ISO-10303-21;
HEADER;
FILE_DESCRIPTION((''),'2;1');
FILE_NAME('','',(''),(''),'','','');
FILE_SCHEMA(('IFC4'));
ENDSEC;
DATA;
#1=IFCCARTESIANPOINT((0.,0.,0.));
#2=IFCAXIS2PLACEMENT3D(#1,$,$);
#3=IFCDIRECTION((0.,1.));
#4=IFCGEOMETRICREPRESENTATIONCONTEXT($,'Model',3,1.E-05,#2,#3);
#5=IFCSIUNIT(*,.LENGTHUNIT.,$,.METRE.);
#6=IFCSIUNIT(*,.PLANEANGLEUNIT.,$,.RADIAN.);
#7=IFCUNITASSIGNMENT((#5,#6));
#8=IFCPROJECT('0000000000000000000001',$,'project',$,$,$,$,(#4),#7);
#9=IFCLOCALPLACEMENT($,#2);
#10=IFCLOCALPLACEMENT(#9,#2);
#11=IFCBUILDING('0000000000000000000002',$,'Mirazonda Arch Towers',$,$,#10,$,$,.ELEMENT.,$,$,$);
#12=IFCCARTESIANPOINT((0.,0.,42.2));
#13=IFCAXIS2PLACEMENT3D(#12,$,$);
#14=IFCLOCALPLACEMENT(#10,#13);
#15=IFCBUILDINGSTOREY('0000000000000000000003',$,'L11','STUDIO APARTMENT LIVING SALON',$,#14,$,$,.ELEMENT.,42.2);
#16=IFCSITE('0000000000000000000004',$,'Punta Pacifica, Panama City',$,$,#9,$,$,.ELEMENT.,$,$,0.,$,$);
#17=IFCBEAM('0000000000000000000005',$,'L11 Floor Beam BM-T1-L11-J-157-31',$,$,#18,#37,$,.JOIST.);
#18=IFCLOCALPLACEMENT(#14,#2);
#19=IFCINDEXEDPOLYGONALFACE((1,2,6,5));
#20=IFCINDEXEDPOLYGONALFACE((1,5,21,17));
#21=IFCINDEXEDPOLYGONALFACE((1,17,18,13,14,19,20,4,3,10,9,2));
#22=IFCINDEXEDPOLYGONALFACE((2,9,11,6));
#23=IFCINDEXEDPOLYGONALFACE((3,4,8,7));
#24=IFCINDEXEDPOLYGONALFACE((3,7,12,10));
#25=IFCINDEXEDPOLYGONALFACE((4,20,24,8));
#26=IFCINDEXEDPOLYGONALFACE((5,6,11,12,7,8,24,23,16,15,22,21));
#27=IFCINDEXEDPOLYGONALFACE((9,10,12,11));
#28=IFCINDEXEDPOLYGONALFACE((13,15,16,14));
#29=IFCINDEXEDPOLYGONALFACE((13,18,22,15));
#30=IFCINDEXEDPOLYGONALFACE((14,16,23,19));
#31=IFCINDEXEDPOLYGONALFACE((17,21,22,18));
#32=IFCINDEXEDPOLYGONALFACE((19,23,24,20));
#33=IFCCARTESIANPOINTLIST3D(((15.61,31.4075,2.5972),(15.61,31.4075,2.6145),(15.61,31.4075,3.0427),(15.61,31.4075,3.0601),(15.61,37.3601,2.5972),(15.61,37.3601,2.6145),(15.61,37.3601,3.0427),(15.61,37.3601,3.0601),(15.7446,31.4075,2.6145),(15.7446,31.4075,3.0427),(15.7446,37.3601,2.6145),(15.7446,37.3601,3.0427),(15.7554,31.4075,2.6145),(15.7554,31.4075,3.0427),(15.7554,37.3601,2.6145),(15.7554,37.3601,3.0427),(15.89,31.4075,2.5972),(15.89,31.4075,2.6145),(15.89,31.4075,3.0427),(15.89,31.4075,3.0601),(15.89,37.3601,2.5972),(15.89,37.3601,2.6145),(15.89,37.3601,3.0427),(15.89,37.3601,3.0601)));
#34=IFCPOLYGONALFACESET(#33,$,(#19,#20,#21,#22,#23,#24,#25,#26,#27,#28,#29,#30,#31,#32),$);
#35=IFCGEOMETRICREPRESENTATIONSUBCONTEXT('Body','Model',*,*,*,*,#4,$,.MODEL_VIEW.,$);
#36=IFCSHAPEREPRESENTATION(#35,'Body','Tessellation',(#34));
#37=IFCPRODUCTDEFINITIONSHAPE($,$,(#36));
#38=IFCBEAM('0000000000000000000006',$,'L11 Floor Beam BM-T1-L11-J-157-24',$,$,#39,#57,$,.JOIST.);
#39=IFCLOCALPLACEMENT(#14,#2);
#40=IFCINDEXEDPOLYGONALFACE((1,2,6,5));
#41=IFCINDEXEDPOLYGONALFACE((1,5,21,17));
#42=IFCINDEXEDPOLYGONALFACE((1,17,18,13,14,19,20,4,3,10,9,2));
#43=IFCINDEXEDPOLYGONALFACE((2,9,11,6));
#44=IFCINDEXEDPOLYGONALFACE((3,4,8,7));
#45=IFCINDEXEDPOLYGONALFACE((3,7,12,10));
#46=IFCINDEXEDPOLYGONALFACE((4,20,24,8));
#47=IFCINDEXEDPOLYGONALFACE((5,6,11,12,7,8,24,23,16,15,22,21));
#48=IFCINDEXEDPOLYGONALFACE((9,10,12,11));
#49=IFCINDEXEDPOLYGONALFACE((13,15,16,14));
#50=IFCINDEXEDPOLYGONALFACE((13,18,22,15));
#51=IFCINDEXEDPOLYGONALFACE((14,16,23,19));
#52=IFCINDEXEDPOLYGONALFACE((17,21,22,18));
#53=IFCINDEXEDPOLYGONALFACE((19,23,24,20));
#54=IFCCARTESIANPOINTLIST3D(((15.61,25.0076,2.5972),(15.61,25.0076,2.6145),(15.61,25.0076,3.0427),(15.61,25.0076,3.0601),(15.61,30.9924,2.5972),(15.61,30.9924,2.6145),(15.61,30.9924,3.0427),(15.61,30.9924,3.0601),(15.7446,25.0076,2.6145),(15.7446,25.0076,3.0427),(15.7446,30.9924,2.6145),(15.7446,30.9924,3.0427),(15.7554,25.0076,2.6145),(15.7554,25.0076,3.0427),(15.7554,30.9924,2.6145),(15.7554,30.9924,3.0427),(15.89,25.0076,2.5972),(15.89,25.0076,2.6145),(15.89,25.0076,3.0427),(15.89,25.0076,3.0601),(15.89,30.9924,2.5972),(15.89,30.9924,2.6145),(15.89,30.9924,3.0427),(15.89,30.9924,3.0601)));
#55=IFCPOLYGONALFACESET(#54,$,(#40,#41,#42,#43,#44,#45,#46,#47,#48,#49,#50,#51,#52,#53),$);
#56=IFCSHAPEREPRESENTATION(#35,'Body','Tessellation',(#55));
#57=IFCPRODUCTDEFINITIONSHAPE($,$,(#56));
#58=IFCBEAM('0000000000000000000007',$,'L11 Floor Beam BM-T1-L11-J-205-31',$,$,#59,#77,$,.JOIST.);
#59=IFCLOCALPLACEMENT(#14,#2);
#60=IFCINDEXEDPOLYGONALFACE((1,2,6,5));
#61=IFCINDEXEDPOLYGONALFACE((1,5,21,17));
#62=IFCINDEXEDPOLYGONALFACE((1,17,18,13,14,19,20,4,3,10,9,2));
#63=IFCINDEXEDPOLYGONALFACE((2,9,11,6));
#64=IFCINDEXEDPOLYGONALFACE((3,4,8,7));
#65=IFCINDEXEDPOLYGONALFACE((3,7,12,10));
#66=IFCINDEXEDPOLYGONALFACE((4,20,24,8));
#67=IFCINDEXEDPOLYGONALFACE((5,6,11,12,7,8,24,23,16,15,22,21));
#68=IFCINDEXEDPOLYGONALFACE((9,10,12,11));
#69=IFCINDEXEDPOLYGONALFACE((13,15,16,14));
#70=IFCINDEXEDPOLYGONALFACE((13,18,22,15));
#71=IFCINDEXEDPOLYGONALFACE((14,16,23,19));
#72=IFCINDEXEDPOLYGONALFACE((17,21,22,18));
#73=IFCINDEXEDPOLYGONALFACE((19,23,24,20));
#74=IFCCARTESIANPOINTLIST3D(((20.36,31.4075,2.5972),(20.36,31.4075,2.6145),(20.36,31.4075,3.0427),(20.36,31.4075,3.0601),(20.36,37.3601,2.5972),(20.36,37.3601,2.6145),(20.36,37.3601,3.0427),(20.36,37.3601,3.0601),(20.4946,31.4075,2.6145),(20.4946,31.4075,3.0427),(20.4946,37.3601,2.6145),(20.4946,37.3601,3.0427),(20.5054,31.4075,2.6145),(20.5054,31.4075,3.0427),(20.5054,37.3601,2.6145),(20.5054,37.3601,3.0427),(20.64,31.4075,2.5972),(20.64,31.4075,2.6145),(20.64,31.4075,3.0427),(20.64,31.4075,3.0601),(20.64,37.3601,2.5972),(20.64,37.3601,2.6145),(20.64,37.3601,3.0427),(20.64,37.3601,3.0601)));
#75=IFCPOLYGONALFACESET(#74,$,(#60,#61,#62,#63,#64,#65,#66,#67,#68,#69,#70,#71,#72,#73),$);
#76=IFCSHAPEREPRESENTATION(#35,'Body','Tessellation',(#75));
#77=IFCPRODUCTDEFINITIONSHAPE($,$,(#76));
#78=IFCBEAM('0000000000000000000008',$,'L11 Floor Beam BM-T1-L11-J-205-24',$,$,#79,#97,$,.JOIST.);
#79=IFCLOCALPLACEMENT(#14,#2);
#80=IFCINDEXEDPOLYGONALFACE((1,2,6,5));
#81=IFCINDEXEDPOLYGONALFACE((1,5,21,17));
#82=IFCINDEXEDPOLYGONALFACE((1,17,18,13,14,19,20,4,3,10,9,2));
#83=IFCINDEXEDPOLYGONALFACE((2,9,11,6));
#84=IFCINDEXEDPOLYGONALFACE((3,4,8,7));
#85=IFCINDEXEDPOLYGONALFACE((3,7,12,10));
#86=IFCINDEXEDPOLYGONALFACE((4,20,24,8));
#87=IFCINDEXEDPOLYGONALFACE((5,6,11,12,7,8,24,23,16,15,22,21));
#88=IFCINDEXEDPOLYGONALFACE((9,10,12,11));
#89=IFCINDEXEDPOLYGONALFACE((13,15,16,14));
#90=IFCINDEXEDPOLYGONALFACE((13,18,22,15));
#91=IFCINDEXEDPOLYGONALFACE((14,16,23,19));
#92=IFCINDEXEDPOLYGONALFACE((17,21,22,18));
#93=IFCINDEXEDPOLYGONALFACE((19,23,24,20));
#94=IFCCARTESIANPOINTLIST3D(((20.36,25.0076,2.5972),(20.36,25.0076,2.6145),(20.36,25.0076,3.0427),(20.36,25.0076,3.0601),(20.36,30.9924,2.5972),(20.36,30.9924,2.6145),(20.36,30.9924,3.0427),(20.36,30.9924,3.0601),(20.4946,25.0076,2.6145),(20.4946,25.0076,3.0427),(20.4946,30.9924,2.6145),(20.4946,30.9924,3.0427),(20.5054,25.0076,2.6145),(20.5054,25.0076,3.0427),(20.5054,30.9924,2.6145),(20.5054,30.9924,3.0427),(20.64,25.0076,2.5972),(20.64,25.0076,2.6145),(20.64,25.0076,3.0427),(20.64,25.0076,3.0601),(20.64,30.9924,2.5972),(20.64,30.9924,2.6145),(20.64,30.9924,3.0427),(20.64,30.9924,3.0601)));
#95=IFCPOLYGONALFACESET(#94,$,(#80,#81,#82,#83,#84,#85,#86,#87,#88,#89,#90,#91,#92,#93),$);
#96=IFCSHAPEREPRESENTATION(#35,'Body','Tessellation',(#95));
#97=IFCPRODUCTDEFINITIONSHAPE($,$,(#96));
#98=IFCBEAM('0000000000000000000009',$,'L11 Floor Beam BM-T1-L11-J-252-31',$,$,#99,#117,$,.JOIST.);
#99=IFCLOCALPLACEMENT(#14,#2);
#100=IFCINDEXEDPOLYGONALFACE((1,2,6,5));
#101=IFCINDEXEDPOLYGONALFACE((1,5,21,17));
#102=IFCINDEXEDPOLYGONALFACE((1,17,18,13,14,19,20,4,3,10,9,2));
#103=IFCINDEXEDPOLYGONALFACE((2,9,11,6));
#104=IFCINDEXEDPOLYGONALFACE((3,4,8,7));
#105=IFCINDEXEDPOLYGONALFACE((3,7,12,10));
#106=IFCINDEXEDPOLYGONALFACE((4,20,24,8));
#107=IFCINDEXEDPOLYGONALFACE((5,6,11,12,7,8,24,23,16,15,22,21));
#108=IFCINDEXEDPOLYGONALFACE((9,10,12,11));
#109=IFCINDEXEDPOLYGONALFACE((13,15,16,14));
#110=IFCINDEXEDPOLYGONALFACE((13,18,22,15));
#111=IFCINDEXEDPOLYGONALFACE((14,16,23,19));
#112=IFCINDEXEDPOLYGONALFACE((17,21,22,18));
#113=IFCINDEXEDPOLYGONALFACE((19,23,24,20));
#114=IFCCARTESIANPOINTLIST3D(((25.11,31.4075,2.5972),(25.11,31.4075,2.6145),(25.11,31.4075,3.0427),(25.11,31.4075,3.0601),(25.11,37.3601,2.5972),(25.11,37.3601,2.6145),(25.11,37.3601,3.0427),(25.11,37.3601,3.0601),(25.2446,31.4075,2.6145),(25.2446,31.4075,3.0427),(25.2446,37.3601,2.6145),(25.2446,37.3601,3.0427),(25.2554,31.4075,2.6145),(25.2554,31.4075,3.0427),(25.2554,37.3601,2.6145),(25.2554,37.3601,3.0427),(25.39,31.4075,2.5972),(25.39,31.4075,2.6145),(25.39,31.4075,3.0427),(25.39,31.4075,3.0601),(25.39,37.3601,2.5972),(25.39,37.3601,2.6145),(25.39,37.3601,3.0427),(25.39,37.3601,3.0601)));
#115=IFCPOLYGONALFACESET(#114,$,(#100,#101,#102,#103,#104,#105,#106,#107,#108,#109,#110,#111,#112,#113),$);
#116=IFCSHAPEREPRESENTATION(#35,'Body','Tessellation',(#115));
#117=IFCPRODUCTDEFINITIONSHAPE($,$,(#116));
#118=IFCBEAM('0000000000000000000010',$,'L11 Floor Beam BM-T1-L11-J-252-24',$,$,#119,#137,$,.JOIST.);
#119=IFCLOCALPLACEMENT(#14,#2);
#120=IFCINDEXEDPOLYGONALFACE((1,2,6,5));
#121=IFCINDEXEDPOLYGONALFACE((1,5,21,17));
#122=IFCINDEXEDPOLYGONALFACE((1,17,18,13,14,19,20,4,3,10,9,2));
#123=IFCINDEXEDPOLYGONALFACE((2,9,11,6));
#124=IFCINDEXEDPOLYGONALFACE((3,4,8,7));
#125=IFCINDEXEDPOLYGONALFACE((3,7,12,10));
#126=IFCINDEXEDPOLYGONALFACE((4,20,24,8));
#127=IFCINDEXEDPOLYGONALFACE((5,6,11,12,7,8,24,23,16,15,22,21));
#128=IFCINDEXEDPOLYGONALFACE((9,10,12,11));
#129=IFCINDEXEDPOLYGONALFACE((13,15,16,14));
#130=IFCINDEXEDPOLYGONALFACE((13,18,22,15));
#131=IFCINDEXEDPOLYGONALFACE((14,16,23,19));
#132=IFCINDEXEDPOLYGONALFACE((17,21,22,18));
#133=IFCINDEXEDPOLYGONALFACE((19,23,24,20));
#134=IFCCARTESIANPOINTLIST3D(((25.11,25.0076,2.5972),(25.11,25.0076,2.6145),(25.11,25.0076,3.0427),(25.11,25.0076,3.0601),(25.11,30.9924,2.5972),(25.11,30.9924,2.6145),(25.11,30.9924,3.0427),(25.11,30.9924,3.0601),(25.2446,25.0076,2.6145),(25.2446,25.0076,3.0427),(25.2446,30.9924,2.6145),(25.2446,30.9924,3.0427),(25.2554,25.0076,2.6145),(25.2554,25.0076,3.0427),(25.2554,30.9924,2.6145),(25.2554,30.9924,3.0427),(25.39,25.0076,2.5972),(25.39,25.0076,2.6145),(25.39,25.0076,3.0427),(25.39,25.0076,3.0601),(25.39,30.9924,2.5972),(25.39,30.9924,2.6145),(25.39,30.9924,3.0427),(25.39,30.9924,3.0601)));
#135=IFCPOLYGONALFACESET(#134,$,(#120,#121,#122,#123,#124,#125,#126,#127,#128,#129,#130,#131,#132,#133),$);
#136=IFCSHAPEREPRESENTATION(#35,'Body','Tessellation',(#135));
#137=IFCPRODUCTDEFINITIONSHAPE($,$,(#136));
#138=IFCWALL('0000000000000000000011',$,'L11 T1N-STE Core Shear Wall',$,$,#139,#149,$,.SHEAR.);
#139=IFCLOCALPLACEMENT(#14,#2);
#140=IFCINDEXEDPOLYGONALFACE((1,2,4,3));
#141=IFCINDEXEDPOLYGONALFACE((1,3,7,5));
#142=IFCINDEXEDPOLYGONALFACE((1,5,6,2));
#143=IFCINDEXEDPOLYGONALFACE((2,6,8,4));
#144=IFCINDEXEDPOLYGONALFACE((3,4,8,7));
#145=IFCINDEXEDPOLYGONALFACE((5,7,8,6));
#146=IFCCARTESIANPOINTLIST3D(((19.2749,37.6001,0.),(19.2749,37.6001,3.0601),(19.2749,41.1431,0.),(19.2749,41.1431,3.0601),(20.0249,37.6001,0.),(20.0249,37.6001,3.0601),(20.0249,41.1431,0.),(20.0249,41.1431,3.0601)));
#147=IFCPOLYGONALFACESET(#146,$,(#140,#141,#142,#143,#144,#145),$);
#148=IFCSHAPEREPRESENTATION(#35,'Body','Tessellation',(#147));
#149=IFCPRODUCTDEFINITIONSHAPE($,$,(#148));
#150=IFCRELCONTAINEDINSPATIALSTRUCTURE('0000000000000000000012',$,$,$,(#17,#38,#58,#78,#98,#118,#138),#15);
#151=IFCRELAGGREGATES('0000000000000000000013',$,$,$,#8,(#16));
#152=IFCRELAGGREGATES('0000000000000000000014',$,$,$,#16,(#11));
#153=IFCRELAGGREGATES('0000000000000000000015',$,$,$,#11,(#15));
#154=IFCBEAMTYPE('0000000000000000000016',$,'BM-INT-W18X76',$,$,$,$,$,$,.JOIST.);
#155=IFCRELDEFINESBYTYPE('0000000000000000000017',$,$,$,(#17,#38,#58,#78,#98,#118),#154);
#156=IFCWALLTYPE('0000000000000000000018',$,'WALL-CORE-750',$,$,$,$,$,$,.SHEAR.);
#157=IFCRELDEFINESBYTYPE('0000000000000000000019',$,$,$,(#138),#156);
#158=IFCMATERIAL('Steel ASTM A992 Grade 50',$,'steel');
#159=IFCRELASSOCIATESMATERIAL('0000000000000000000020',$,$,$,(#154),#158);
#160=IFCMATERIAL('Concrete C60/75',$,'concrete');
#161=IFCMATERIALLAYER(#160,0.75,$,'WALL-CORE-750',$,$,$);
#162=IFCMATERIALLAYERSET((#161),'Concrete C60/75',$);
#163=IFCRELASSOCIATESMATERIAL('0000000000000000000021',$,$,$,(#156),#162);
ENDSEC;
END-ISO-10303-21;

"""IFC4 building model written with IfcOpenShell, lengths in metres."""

from ifc_helpers import new_model, si_unit, direction, frame, frame_2d, origin, origin_2d, place, context, subcontext, project, spatial, rectangle, i_section, extrude, material, layer, layer_set, material_profile, profile_set, type_object, element, save


model = new_model("IFC4")

# Units and contexts
model_context = context("Model", 3, precision=1e-05, world=origin(), true_north=direction((0.0, 1.0)))
body_context = subcontext(model_context, "Body", "Model", "MODEL_VIEW")
ifc_project = project(units=[si_unit("LENGTHUNIT", "METRE"), si_unit("PLANEANGLEUNIT", "RADIAN")], contexts=[model_context])

# Site, building, storey
site_placement = place(None, origin())
site = spatial("IfcSite", under=ifc_project, at=site_placement, Name="Punta Pacifica, Panama City", CompositionType="ELEMENT", RefElevation=0.0)
building_placement = place(site_placement, origin())
building = spatial("IfcBuilding", under=site, at=building_placement, Name="Mirazonda Arch Towers", CompositionType="ELEMENT")
storey_placement = place(building_placement, frame((0.0, 0.0, 42.2)))
storey = spatial("IfcBuildingStorey", under=building, at=storey_placement, Name="L11", Description="STUDIO APARTMENT LIVING SALON", CompositionType="ELEMENT", Elevation=42.2)

# Beams
ifc_material_1 = material(Name="Steel ASTM A992 Grade 50", Category="steel")
ifc_material_profile = material_profile(ifc_material_1, i_section(OverallWidth=0.28, OverallDepth=0.4629, WebThickness=0.0107, FlangeThickness=0.0173, at=origin_2d()), Name="W18X76")
ifc_profile_set = profile_set([ifc_material_profile], Name="Steel ASTM A992 Grade 50")
beam_type = type_object("IfcBeamType", Name="BM-INT-W18X76", PredefinedType="JOIST", material=ifc_profile_set)
beam_1_placement = place(storey_placement, frame((15.75, 31.4075, 2.8286), z_axis=(0.0, 1.0, 0.0), x_axis=(-1.0, 0.0, 0.0)))
element("IfcBeam", 1, at=beam_1_placement, inside=storey, type_object=beam_type, Name="L11 Floor Beam BM-T1-L11-J-157-31", PredefinedType="JOIST", context=body_context, shape_type="SweptSolid", body=[
    extrude(i_section(OverallWidth=0.28, OverallDepth=0.4629, WebThickness=0.0107, FlangeThickness=0.0173, at=origin_2d()), origin(), (0.0, 0.0, 1.0), 5.9526),
])
beam_2_placement = place(storey_placement, frame((15.75, 25.0076, 2.8286), z_axis=(0.0, 1.0, 0.0), x_axis=(-1.0, 0.0, 0.0)))
element("IfcBeam", 2, at=beam_2_placement, inside=storey, type_object=beam_type, Name="L11 Floor Beam BM-T1-L11-J-157-24", PredefinedType="JOIST", context=body_context, shape_type="SweptSolid", body=[
    extrude(i_section(OverallWidth=0.28, OverallDepth=0.4629, WebThickness=0.0107, FlangeThickness=0.0173, at=origin_2d()), origin(), (0.0, 0.0, 1.0), 5.9849),
])
beam_3_placement = place(storey_placement, frame((20.5, 31.4075, 2.8286), z_axis=(0.0, 1.0, 0.0), x_axis=(-1.0, 0.0, 0.0)))
element("IfcBeam", 3, at=beam_3_placement, inside=storey, type_object=beam_type, Name="L11 Floor Beam BM-T1-L11-J-205-31", PredefinedType="JOIST", context=body_context, shape_type="SweptSolid", body=[
    extrude(i_section(OverallWidth=0.28, OverallDepth=0.4629, WebThickness=0.0107, FlangeThickness=0.0173, at=origin_2d()), origin(), (0.0, 0.0, 1.0), 5.9526),
])
beam_4_placement = place(storey_placement, frame((20.5, 25.0076, 2.8286), z_axis=(0.0, 1.0, 0.0), x_axis=(-1.0, 0.0, 0.0)))
element("IfcBeam", 4, at=beam_4_placement, inside=storey, type_object=beam_type, Name="L11 Floor Beam BM-T1-L11-J-205-24", PredefinedType="JOIST", context=body_context, shape_type="SweptSolid", body=[
    extrude(i_section(OverallWidth=0.28, OverallDepth=0.4629, WebThickness=0.0107, FlangeThickness=0.0173, at=origin_2d()), origin(), (0.0, 0.0, 1.0), 5.9849),
])
beam_5_placement = place(storey_placement, frame((25.25, 31.4075, 2.8286), z_axis=(0.0, 1.0, 0.0), x_axis=(-1.0, 0.0, 0.0)))
element("IfcBeam", 5, at=beam_5_placement, inside=storey, type_object=beam_type, Name="L11 Floor Beam BM-T1-L11-J-252-31", PredefinedType="JOIST", context=body_context, shape_type="SweptSolid", body=[
    extrude(i_section(OverallWidth=0.28, OverallDepth=0.4629, WebThickness=0.0107, FlangeThickness=0.0173, at=origin_2d()), origin(), (0.0, 0.0, 1.0), 5.9526),
])
beam_6_placement = place(storey_placement, frame((25.25, 25.0076, 2.8286), z_axis=(0.0, 1.0, 0.0), x_axis=(-1.0, 0.0, 0.0)))
element("IfcBeam", 6, at=beam_6_placement, inside=storey, type_object=beam_type, Name="L11 Floor Beam BM-T1-L11-J-252-24", PredefinedType="JOIST", context=body_context, shape_type="SweptSolid", body=[
    extrude(i_section(OverallWidth=0.28, OverallDepth=0.4629, WebThickness=0.0107, FlangeThickness=0.0173, at=origin_2d()), origin(), (0.0, 0.0, 1.0), 5.9849),
])

# Wall
ifc_material_2 = material(Name="Concrete C60/75", Category="concrete")
ifc_layer_1 = layer(ifc_material_2, 0.75, Name="WALL-CORE-750")
ifc_layer_set_1 = layer_set([ifc_layer_1], Name="Concrete C60/75")
wall_type_1 = type_object("IfcWallType", Name="WALL-CORE-750", PredefinedType="SHEAR", material=ifc_layer_set_1)
wall_1_placement = place(storey_placement, frame((19.6499, 37.6001, 0.0), z_axis=(0.0, 0.0, 1.0), x_axis=(0.0, 1.0, 0.0)))
element("IfcWall", 7, at=wall_1_placement, inside=storey, type_object=wall_type_1, Name="L11 T1N-STE Core Shear Wall", PredefinedType="SHEAR", context=body_context, shape_type="SweptSolid", body=[
    extrude(rectangle(XDim=3.543, YDim=0.75, at=frame_2d((1.7715, 0.0))), origin(), (0.0, 0.0, 1.0), 3.0601),
])

save(model, "model.ifc")
